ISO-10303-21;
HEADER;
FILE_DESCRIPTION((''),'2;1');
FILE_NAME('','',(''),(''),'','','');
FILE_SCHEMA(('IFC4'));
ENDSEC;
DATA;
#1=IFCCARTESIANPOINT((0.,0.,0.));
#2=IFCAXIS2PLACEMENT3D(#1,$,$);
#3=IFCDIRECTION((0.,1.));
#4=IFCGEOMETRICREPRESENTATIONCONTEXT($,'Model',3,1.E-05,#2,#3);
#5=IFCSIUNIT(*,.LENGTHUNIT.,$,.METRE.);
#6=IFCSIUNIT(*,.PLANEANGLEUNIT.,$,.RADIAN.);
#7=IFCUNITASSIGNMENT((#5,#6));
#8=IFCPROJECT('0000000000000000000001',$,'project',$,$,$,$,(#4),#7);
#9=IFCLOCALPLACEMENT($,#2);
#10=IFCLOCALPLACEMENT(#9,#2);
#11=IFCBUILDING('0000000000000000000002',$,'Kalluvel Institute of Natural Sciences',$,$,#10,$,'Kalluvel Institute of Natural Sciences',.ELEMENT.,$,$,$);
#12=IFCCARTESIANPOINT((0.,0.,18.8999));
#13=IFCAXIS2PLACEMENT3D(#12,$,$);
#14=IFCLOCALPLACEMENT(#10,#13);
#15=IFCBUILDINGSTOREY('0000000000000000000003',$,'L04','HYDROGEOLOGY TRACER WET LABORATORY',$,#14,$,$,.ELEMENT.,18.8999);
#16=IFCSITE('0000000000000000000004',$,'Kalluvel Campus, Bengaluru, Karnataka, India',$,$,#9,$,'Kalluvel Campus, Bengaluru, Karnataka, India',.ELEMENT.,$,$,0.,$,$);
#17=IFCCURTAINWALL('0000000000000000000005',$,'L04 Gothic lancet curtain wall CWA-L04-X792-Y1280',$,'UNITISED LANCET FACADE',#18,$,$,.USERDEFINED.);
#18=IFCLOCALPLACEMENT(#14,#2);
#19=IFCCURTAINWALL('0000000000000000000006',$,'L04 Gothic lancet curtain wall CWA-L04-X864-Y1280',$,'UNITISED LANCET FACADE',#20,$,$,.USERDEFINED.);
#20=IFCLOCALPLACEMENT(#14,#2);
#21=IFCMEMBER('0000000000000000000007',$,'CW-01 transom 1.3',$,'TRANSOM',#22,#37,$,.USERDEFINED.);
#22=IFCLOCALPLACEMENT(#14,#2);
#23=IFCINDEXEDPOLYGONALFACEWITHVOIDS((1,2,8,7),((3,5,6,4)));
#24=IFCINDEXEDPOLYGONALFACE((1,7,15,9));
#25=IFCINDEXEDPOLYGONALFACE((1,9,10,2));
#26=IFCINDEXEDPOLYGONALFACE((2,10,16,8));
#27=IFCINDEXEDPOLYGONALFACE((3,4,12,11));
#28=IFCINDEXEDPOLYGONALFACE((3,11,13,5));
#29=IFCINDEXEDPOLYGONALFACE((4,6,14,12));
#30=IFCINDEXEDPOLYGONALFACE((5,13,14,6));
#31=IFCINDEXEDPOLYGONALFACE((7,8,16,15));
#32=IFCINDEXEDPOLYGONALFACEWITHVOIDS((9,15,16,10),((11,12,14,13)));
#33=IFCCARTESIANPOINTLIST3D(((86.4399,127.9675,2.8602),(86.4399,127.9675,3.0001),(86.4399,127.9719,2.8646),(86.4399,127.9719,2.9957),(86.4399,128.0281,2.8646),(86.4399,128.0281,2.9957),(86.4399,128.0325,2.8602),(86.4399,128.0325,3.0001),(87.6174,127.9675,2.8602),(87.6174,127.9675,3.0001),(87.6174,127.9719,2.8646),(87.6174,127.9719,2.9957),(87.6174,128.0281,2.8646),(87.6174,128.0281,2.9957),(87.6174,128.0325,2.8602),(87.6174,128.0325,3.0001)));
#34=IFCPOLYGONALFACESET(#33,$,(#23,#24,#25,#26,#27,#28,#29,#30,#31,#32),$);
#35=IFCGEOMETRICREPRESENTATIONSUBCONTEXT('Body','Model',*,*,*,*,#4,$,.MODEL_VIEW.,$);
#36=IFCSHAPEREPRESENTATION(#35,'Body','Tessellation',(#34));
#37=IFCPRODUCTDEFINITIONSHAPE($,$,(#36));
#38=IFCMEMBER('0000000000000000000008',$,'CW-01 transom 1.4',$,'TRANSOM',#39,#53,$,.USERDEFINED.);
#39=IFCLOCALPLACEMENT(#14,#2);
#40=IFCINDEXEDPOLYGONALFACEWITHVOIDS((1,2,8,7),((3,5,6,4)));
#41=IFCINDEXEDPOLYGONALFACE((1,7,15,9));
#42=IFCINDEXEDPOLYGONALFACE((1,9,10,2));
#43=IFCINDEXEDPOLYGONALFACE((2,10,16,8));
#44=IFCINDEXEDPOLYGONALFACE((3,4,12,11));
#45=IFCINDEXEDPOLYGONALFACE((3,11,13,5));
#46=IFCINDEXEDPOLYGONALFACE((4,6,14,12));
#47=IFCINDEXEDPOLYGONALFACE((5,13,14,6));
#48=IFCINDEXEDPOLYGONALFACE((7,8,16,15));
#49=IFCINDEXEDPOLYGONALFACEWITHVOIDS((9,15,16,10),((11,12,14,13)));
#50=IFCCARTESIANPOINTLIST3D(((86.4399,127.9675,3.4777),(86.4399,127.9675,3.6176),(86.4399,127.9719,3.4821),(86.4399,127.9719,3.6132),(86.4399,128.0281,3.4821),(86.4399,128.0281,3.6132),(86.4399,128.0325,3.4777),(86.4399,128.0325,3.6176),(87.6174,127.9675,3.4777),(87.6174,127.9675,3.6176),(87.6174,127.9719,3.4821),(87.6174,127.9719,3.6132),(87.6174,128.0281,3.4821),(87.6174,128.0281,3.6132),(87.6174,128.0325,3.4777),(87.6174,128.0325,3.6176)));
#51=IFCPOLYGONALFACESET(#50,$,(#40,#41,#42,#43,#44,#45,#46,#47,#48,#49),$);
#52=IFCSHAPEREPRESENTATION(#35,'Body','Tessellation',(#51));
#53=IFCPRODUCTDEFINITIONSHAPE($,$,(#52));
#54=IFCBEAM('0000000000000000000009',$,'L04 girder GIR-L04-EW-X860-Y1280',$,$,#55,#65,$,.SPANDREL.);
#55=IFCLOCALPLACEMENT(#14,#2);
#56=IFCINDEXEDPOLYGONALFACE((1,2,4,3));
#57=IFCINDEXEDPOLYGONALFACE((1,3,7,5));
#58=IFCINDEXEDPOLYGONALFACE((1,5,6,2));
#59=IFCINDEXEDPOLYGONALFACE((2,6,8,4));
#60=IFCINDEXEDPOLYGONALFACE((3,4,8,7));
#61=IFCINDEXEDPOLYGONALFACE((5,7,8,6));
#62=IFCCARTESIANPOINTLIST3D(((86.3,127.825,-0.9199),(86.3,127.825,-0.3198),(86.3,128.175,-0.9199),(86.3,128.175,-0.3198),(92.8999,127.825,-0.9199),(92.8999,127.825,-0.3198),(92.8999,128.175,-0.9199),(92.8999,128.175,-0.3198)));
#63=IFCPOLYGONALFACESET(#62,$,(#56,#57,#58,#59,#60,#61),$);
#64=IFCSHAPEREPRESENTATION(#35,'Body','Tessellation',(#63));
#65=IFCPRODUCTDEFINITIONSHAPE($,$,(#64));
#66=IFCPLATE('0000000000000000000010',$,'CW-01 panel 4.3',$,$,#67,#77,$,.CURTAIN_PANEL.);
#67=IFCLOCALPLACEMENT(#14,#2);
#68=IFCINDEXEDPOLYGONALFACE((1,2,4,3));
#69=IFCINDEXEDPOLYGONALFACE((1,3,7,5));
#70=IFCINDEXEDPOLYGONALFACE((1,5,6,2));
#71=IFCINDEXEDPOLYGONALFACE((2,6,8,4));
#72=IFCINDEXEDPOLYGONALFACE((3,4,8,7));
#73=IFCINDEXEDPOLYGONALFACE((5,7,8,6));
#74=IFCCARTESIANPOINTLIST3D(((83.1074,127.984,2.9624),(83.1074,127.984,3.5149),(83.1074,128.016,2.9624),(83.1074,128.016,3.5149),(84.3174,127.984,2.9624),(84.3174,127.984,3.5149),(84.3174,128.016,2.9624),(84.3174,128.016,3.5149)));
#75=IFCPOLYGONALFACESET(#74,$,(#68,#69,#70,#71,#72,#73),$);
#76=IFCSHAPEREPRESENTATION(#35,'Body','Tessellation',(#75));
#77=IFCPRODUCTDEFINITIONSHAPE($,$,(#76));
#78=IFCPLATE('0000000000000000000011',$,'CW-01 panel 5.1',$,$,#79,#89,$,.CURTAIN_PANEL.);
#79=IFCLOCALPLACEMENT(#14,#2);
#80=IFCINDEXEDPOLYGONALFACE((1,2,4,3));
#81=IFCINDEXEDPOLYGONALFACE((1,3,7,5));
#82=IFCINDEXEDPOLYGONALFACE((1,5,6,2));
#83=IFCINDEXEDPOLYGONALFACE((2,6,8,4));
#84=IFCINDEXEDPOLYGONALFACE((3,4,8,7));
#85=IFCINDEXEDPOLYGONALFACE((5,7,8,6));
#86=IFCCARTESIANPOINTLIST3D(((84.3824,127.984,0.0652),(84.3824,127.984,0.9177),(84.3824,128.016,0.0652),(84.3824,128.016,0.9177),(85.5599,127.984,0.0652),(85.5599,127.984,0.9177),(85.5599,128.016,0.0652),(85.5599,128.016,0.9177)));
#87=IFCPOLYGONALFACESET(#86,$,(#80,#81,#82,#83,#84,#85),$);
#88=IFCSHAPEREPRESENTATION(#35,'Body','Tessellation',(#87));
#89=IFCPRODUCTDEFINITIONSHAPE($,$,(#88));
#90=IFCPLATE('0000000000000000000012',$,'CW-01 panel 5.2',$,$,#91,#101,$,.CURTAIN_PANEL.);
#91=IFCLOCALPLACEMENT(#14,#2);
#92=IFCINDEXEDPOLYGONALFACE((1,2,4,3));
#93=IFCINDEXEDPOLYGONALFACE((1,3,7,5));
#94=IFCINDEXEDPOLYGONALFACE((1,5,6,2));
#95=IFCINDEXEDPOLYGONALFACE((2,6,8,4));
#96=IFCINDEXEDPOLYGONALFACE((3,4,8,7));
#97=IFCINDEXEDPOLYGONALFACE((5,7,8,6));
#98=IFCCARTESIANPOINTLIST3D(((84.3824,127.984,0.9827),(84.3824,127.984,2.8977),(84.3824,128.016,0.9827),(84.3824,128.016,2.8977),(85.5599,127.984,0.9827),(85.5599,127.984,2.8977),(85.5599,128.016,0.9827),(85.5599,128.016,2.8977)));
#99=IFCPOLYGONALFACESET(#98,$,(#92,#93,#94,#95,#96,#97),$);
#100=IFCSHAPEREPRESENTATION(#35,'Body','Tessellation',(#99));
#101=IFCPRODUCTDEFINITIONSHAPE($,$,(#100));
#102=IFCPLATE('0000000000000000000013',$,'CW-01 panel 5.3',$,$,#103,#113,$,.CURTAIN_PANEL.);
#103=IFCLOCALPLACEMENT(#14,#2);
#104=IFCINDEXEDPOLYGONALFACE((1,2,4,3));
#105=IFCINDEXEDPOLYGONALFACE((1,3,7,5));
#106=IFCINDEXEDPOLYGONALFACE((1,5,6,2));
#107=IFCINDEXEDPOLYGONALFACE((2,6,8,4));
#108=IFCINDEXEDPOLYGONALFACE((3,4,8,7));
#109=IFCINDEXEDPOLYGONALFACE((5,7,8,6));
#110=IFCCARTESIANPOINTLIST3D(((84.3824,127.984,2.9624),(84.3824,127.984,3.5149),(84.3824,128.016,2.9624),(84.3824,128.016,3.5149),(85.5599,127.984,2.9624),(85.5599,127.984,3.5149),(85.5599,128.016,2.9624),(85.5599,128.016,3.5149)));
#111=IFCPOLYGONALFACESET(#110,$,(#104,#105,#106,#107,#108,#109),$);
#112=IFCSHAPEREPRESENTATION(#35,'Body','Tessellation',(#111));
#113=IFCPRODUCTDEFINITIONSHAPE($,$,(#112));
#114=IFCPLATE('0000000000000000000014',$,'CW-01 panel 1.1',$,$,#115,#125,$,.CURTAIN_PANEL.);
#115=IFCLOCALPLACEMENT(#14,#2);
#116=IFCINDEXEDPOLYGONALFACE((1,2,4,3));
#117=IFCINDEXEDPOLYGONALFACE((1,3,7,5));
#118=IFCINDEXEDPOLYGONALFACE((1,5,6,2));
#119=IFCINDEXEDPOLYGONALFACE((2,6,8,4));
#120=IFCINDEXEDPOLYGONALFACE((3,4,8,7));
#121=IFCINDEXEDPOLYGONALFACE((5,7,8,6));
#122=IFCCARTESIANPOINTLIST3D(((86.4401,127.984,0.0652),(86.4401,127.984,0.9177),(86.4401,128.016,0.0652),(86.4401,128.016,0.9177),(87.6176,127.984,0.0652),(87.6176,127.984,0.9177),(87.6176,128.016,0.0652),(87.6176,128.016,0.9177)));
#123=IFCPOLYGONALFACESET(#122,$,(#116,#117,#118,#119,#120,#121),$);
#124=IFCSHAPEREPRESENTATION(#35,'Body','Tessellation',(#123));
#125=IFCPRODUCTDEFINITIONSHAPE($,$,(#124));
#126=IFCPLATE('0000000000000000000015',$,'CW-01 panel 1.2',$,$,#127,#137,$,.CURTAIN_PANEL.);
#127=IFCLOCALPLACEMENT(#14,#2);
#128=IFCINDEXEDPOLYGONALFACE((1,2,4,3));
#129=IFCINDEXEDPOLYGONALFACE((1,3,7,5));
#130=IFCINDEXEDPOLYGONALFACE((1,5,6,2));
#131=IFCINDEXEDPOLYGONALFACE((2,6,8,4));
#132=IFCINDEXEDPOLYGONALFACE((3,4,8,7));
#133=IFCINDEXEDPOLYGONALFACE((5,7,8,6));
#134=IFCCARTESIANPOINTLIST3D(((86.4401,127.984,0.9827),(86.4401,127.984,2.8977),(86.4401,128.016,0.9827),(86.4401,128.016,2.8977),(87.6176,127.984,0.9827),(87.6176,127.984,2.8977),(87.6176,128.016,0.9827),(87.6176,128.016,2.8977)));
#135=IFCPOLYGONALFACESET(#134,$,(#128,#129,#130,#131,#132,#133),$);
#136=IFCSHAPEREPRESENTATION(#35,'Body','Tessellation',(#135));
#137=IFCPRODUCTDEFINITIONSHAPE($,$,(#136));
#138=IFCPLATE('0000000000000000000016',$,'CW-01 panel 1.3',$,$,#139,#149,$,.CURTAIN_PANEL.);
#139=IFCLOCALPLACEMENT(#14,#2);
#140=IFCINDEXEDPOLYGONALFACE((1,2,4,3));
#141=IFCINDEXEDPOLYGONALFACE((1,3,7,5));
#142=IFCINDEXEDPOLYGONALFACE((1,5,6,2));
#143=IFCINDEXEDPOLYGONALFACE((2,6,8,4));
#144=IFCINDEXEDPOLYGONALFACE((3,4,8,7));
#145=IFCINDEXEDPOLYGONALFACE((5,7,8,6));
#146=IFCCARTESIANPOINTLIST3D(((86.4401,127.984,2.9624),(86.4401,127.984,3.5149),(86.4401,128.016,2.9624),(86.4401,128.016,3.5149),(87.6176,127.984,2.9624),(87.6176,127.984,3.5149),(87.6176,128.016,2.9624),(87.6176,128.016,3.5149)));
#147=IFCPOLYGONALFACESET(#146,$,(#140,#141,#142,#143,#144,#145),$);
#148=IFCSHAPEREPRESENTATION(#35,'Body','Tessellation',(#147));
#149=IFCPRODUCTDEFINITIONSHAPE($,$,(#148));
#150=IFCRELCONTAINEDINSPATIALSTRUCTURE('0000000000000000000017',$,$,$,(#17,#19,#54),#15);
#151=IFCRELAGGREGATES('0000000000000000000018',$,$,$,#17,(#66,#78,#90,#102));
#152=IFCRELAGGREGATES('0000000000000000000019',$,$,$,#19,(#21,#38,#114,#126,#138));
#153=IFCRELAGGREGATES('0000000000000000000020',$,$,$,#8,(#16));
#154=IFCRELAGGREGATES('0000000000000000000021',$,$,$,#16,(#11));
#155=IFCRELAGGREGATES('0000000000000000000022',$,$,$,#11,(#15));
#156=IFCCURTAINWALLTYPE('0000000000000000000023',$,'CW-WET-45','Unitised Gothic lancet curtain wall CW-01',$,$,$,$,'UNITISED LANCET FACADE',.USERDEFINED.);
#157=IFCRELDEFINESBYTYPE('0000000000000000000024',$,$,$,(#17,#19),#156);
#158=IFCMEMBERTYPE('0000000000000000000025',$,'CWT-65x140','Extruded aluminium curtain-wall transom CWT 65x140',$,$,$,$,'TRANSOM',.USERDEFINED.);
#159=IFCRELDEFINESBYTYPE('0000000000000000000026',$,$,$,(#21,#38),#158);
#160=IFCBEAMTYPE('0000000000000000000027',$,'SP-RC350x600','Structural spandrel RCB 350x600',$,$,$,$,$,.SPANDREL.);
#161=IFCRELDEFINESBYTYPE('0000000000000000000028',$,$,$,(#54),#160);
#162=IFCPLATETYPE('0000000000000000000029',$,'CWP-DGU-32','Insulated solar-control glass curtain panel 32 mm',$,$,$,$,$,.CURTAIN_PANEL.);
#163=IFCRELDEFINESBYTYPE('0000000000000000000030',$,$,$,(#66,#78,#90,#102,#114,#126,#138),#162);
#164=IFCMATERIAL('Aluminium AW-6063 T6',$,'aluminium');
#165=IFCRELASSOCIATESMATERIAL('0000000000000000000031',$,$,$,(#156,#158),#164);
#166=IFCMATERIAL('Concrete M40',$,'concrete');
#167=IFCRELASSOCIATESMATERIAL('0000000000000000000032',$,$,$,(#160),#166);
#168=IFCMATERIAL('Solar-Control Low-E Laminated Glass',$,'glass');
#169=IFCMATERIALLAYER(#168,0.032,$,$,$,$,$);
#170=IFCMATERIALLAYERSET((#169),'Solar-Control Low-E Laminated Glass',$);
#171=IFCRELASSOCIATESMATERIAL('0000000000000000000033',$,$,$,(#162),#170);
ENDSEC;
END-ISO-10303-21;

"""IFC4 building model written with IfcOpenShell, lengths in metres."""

from ifc_helpers import new_model, si_unit, direction, frame, origin, origin_2d, place, context, subcontext, project, spatial, rectangle, hollow_rectangle, extrude, material, layer, layer_set, material_profile, profile_set, type_object, element, aggregate, save


model = new_model("IFC4")

# Units and contexts
model_context = context("Model", 3, precision=1e-05, world=origin(), true_north=direction((0.0, 1.0)))
body_context = subcontext(model_context, "Body", "Model", "MODEL_VIEW")
ifc_project = project(units=[si_unit("LENGTHUNIT", "METRE"), si_unit("PLANEANGLEUNIT", "RADIAN")], contexts=[model_context])

# Site, building, storey
site_placement = place(None, origin())
site = spatial("IfcSite", under=ifc_project, at=site_placement, Name="Kalluvel Campus, Bengaluru, Karnataka, India", LongName="Kalluvel Campus, Bengaluru, Karnataka, India", CompositionType="ELEMENT", RefElevation=0.0)
building_placement = place(site_placement, origin())
building = spatial("IfcBuilding", under=site, at=building_placement, Name="Kalluvel Institute of Natural Sciences", LongName="Kalluvel Institute of Natural Sciences", CompositionType="ELEMENT")
storey_placement = place(building_placement, frame((0.0, 0.0, 18.8999)))
storey = spatial("IfcBuildingStorey", under=building, at=storey_placement, Name="L04", Description="HYDROGEOLOGY TRACER WET LABORATORY", CompositionType="ELEMENT", Elevation=18.8999)

# Shared definitions
ifc_material_1 = material(Name="Concrete M40", Category="concrete")

# Curtain wall
ifc_material_2 = material(Name="Aluminium AW-6063 T6", Category="aluminium")
curtain_wall_type = type_object("IfcCurtainWallType", Name="CW-WET-45", Description="Unitised Gothic lancet curtain wall CW-01", ElementType="UNITISED LANCET FACADE", PredefinedType="USERDEFINED", material=ifc_material_2)
curtain_wall_1_placement = place(storey_placement, origin())
curtain_wall_1 = element("IfcCurtainWall", 1, at=curtain_wall_1_placement, inside=storey, type_object=curtain_wall_type, Name="L04 Gothic lancet curtain wall CWA-L04-X792-Y1280", ObjectType="UNITISED LANCET FACADE", PredefinedType="USERDEFINED")

# Curtain wall
curtain_wall_2_placement = place(storey_placement, origin())
curtain_wall_2 = element("IfcCurtainWall", 2, at=curtain_wall_2_placement, inside=storey, type_object=curtain_wall_type, Name="L04 Gothic lancet curtain wall CWA-L04-X864-Y1280", ObjectType="UNITISED LANCET FACADE", PredefinedType="USERDEFINED")

# Members
ifc_material_profile_1 = material_profile(ifc_material_2, hollow_rectangle(XDim=0.0649, YDim=0.1399, WallThickness=0.0044, at=origin_2d()), Name="CWT 65x140")
ifc_profile_set_1 = profile_set([ifc_material_profile_1], Name="Aluminium AW-6063 T6")
member_type_1 = type_object("IfcMemberType", Name="CWT-65x140", Description="Extruded aluminium curtain-wall transom CWT 65x140", ElementType="TRANSOM", PredefinedType="USERDEFINED", material=ifc_profile_set_1)
member_1_placement = place(storey_placement, frame((86.4399, 128.0, 2.9302), z_axis=(1.0, 0.0, 0.0), x_axis=(0.0, 1.0, 0.0)))
member_1 = element("IfcMember", 3, at=member_1_placement, type_object=member_type_1, Name="CW-01 transom 1.3", ObjectType="TRANSOM", PredefinedType="USERDEFINED", context=body_context, shape_type="SweptSolid", body=[
    extrude(hollow_rectangle(XDim=0.0649, YDim=0.1399, WallThickness=0.0044, at=origin_2d()), origin(), (0.0, 0.0, 1.0), 1.1775),
])
member_2_placement = place(storey_placement, frame((86.4399, 128.0, 3.5476), z_axis=(1.0, 0.0, 0.0), x_axis=(0.0, 1.0, 0.0)))
member_2 = element("IfcMember", 4, at=member_2_placement, type_object=member_type_1, Name="CW-01 transom 1.4", ObjectType="TRANSOM", PredefinedType="USERDEFINED", context=body_context, shape_type="SweptSolid", body=[
    extrude(hollow_rectangle(XDim=0.0649, YDim=0.1399, WallThickness=0.0044, at=origin_2d()), origin(), (0.0, 0.0, 1.0), 1.1775),
])

# Beam
ifc_material_profile_2 = material_profile(ifc_material_1, rectangle(XDim=0.3501, YDim=0.6001, at=origin_2d()), Name="RCB 350x600")
ifc_profile_set_2 = profile_set([ifc_material_profile_2], Name="Concrete M40")
beam_type = type_object("IfcBeamType", Name="SP-RC350x600", Description="Structural spandrel RCB 350x600", PredefinedType="SPANDREL", material=ifc_profile_set_2)
beam_placement = place(storey_placement, frame((86.3, 128.0, -0.6199), z_axis=(1.0, 0.0, 0.0), x_axis=(0.0, 1.0, 0.0)))
element("IfcBeam", 5, at=beam_placement, inside=storey, type_object=beam_type, Name="L04 girder GIR-L04-EW-X860-Y1280", PredefinedType="SPANDREL", context=body_context, shape_type="SweptSolid", body=[
    extrude(rectangle(XDim=0.3501, YDim=0.6001, at=origin_2d()), origin(), (0.0, 0.0, 1.0), 6.5999),
])

# Plates
ifc_material_3 = material(Name="Solar-Control Low-E Laminated Glass", Category="glass")
ifc_layer = layer(ifc_material_3, 0.032)
ifc_layer_set = layer_set([ifc_layer], Name="Solar-Control Low-E Laminated Glass")
plate_type = type_object("IfcPlateType", Name="CWP-DGU-32", Description="Insulated solar-control glass curtain panel 32 mm", PredefinedType="CURTAIN_PANEL", material=ifc_layer_set)
plate_1_placement = place(storey_placement, frame((83.7124, 128.0, 2.9624), z_axis=(0.0, 0.0, 1.0), x_axis=(1.0, 0.0, 0.0)))
plate_1 = element("IfcPlate", 6, at=plate_1_placement, type_object=plate_type, Name="CW-01 panel 4.3", PredefinedType="CURTAIN_PANEL", context=body_context, shape_type="SweptSolid", body=[
    extrude(rectangle(XDim=1.21, YDim=0.032, at=origin_2d()), origin(), (0.0, 0.0, 1.0), 0.5525),
])
plate_2_placement = place(storey_placement, frame((84.9712, 128.0, 0.0652), z_axis=(0.0, 0.0, 1.0), x_axis=(1.0, 0.0, 0.0)))
plate_2 = element("IfcPlate", 7, at=plate_2_placement, type_object=plate_type, Name="CW-01 panel 5.1", PredefinedType="CURTAIN_PANEL", context=body_context, shape_type="SweptSolid", body=[
    extrude(rectangle(XDim=1.1775, YDim=0.032, at=origin_2d()), origin(), (0.0, 0.0, 1.0), 0.8525),
])
plate_3_placement = place(storey_placement, frame((84.9712, 128.0, 0.9827), z_axis=(0.0, 0.0, 1.0), x_axis=(1.0, 0.0, 0.0)))
plate_3 = element("IfcPlate", 8, at=plate_3_placement, type_object=plate_type, Name="CW-01 panel 5.2", PredefinedType="CURTAIN_PANEL", context=body_context, shape_type="SweptSolid", body=[
    extrude(rectangle(XDim=1.1775, YDim=0.032, at=origin_2d()), origin(), (0.0, 0.0, 1.0), 1.915),
])
plate_4_placement = place(storey_placement, frame((84.9712, 128.0, 2.9624), z_axis=(0.0, 0.0, 1.0), x_axis=(1.0, 0.0, 0.0)))
plate_4 = element("IfcPlate", 9, at=plate_4_placement, type_object=plate_type, Name="CW-01 panel 5.3", PredefinedType="CURTAIN_PANEL", context=body_context, shape_type="SweptSolid", body=[
    extrude(rectangle(XDim=1.1775, YDim=0.032, at=origin_2d()), origin(), (0.0, 0.0, 1.0), 0.5525),
])
aggregate(curtain_wall_1, [plate_1, plate_2, plate_3, plate_4])
plate_5_placement = place(storey_placement, frame((87.0288, 128.0, 0.0652), z_axis=(0.0, 0.0, 1.0), x_axis=(1.0, 0.0, 0.0)))
plate_5 = element("IfcPlate", 10, at=plate_5_placement, type_object=plate_type, Name="CW-01 panel 1.1", PredefinedType="CURTAIN_PANEL", context=body_context, shape_type="SweptSolid", body=[
    extrude(rectangle(XDim=1.1775, YDim=0.032, at=origin_2d()), origin(), (0.0, 0.0, 1.0), 0.8525),
])
plate_6_placement = place(storey_placement, frame((87.0288, 128.0, 0.9827), z_axis=(0.0, 0.0, 1.0), x_axis=(1.0, 0.0, 0.0)))
plate_6 = element("IfcPlate", 11, at=plate_6_placement, type_object=plate_type, Name="CW-01 panel 1.2", PredefinedType="CURTAIN_PANEL", context=body_context, shape_type="SweptSolid", body=[
    extrude(rectangle(XDim=1.1775, YDim=0.032, at=origin_2d()), origin(), (0.0, 0.0, 1.0), 1.915),
])
plate_7_placement = place(storey_placement, frame((87.0288, 128.0, 2.9624), z_axis=(0.0, 0.0, 1.0), x_axis=(1.0, 0.0, 0.0)))
plate_7 = element("IfcPlate", 12, at=plate_7_placement, type_object=plate_type, Name="CW-01 panel 1.3", PredefinedType="CURTAIN_PANEL", context=body_context, shape_type="SweptSolid", body=[
    extrude(rectangle(XDim=1.1775, YDim=0.032, at=origin_2d()), origin(), (0.0, 0.0, 1.0), 0.5525),
])
aggregate(curtain_wall_2, [member_1, member_2, plate_5, plate_6, plate_7])

save(model, "model.ifc")
